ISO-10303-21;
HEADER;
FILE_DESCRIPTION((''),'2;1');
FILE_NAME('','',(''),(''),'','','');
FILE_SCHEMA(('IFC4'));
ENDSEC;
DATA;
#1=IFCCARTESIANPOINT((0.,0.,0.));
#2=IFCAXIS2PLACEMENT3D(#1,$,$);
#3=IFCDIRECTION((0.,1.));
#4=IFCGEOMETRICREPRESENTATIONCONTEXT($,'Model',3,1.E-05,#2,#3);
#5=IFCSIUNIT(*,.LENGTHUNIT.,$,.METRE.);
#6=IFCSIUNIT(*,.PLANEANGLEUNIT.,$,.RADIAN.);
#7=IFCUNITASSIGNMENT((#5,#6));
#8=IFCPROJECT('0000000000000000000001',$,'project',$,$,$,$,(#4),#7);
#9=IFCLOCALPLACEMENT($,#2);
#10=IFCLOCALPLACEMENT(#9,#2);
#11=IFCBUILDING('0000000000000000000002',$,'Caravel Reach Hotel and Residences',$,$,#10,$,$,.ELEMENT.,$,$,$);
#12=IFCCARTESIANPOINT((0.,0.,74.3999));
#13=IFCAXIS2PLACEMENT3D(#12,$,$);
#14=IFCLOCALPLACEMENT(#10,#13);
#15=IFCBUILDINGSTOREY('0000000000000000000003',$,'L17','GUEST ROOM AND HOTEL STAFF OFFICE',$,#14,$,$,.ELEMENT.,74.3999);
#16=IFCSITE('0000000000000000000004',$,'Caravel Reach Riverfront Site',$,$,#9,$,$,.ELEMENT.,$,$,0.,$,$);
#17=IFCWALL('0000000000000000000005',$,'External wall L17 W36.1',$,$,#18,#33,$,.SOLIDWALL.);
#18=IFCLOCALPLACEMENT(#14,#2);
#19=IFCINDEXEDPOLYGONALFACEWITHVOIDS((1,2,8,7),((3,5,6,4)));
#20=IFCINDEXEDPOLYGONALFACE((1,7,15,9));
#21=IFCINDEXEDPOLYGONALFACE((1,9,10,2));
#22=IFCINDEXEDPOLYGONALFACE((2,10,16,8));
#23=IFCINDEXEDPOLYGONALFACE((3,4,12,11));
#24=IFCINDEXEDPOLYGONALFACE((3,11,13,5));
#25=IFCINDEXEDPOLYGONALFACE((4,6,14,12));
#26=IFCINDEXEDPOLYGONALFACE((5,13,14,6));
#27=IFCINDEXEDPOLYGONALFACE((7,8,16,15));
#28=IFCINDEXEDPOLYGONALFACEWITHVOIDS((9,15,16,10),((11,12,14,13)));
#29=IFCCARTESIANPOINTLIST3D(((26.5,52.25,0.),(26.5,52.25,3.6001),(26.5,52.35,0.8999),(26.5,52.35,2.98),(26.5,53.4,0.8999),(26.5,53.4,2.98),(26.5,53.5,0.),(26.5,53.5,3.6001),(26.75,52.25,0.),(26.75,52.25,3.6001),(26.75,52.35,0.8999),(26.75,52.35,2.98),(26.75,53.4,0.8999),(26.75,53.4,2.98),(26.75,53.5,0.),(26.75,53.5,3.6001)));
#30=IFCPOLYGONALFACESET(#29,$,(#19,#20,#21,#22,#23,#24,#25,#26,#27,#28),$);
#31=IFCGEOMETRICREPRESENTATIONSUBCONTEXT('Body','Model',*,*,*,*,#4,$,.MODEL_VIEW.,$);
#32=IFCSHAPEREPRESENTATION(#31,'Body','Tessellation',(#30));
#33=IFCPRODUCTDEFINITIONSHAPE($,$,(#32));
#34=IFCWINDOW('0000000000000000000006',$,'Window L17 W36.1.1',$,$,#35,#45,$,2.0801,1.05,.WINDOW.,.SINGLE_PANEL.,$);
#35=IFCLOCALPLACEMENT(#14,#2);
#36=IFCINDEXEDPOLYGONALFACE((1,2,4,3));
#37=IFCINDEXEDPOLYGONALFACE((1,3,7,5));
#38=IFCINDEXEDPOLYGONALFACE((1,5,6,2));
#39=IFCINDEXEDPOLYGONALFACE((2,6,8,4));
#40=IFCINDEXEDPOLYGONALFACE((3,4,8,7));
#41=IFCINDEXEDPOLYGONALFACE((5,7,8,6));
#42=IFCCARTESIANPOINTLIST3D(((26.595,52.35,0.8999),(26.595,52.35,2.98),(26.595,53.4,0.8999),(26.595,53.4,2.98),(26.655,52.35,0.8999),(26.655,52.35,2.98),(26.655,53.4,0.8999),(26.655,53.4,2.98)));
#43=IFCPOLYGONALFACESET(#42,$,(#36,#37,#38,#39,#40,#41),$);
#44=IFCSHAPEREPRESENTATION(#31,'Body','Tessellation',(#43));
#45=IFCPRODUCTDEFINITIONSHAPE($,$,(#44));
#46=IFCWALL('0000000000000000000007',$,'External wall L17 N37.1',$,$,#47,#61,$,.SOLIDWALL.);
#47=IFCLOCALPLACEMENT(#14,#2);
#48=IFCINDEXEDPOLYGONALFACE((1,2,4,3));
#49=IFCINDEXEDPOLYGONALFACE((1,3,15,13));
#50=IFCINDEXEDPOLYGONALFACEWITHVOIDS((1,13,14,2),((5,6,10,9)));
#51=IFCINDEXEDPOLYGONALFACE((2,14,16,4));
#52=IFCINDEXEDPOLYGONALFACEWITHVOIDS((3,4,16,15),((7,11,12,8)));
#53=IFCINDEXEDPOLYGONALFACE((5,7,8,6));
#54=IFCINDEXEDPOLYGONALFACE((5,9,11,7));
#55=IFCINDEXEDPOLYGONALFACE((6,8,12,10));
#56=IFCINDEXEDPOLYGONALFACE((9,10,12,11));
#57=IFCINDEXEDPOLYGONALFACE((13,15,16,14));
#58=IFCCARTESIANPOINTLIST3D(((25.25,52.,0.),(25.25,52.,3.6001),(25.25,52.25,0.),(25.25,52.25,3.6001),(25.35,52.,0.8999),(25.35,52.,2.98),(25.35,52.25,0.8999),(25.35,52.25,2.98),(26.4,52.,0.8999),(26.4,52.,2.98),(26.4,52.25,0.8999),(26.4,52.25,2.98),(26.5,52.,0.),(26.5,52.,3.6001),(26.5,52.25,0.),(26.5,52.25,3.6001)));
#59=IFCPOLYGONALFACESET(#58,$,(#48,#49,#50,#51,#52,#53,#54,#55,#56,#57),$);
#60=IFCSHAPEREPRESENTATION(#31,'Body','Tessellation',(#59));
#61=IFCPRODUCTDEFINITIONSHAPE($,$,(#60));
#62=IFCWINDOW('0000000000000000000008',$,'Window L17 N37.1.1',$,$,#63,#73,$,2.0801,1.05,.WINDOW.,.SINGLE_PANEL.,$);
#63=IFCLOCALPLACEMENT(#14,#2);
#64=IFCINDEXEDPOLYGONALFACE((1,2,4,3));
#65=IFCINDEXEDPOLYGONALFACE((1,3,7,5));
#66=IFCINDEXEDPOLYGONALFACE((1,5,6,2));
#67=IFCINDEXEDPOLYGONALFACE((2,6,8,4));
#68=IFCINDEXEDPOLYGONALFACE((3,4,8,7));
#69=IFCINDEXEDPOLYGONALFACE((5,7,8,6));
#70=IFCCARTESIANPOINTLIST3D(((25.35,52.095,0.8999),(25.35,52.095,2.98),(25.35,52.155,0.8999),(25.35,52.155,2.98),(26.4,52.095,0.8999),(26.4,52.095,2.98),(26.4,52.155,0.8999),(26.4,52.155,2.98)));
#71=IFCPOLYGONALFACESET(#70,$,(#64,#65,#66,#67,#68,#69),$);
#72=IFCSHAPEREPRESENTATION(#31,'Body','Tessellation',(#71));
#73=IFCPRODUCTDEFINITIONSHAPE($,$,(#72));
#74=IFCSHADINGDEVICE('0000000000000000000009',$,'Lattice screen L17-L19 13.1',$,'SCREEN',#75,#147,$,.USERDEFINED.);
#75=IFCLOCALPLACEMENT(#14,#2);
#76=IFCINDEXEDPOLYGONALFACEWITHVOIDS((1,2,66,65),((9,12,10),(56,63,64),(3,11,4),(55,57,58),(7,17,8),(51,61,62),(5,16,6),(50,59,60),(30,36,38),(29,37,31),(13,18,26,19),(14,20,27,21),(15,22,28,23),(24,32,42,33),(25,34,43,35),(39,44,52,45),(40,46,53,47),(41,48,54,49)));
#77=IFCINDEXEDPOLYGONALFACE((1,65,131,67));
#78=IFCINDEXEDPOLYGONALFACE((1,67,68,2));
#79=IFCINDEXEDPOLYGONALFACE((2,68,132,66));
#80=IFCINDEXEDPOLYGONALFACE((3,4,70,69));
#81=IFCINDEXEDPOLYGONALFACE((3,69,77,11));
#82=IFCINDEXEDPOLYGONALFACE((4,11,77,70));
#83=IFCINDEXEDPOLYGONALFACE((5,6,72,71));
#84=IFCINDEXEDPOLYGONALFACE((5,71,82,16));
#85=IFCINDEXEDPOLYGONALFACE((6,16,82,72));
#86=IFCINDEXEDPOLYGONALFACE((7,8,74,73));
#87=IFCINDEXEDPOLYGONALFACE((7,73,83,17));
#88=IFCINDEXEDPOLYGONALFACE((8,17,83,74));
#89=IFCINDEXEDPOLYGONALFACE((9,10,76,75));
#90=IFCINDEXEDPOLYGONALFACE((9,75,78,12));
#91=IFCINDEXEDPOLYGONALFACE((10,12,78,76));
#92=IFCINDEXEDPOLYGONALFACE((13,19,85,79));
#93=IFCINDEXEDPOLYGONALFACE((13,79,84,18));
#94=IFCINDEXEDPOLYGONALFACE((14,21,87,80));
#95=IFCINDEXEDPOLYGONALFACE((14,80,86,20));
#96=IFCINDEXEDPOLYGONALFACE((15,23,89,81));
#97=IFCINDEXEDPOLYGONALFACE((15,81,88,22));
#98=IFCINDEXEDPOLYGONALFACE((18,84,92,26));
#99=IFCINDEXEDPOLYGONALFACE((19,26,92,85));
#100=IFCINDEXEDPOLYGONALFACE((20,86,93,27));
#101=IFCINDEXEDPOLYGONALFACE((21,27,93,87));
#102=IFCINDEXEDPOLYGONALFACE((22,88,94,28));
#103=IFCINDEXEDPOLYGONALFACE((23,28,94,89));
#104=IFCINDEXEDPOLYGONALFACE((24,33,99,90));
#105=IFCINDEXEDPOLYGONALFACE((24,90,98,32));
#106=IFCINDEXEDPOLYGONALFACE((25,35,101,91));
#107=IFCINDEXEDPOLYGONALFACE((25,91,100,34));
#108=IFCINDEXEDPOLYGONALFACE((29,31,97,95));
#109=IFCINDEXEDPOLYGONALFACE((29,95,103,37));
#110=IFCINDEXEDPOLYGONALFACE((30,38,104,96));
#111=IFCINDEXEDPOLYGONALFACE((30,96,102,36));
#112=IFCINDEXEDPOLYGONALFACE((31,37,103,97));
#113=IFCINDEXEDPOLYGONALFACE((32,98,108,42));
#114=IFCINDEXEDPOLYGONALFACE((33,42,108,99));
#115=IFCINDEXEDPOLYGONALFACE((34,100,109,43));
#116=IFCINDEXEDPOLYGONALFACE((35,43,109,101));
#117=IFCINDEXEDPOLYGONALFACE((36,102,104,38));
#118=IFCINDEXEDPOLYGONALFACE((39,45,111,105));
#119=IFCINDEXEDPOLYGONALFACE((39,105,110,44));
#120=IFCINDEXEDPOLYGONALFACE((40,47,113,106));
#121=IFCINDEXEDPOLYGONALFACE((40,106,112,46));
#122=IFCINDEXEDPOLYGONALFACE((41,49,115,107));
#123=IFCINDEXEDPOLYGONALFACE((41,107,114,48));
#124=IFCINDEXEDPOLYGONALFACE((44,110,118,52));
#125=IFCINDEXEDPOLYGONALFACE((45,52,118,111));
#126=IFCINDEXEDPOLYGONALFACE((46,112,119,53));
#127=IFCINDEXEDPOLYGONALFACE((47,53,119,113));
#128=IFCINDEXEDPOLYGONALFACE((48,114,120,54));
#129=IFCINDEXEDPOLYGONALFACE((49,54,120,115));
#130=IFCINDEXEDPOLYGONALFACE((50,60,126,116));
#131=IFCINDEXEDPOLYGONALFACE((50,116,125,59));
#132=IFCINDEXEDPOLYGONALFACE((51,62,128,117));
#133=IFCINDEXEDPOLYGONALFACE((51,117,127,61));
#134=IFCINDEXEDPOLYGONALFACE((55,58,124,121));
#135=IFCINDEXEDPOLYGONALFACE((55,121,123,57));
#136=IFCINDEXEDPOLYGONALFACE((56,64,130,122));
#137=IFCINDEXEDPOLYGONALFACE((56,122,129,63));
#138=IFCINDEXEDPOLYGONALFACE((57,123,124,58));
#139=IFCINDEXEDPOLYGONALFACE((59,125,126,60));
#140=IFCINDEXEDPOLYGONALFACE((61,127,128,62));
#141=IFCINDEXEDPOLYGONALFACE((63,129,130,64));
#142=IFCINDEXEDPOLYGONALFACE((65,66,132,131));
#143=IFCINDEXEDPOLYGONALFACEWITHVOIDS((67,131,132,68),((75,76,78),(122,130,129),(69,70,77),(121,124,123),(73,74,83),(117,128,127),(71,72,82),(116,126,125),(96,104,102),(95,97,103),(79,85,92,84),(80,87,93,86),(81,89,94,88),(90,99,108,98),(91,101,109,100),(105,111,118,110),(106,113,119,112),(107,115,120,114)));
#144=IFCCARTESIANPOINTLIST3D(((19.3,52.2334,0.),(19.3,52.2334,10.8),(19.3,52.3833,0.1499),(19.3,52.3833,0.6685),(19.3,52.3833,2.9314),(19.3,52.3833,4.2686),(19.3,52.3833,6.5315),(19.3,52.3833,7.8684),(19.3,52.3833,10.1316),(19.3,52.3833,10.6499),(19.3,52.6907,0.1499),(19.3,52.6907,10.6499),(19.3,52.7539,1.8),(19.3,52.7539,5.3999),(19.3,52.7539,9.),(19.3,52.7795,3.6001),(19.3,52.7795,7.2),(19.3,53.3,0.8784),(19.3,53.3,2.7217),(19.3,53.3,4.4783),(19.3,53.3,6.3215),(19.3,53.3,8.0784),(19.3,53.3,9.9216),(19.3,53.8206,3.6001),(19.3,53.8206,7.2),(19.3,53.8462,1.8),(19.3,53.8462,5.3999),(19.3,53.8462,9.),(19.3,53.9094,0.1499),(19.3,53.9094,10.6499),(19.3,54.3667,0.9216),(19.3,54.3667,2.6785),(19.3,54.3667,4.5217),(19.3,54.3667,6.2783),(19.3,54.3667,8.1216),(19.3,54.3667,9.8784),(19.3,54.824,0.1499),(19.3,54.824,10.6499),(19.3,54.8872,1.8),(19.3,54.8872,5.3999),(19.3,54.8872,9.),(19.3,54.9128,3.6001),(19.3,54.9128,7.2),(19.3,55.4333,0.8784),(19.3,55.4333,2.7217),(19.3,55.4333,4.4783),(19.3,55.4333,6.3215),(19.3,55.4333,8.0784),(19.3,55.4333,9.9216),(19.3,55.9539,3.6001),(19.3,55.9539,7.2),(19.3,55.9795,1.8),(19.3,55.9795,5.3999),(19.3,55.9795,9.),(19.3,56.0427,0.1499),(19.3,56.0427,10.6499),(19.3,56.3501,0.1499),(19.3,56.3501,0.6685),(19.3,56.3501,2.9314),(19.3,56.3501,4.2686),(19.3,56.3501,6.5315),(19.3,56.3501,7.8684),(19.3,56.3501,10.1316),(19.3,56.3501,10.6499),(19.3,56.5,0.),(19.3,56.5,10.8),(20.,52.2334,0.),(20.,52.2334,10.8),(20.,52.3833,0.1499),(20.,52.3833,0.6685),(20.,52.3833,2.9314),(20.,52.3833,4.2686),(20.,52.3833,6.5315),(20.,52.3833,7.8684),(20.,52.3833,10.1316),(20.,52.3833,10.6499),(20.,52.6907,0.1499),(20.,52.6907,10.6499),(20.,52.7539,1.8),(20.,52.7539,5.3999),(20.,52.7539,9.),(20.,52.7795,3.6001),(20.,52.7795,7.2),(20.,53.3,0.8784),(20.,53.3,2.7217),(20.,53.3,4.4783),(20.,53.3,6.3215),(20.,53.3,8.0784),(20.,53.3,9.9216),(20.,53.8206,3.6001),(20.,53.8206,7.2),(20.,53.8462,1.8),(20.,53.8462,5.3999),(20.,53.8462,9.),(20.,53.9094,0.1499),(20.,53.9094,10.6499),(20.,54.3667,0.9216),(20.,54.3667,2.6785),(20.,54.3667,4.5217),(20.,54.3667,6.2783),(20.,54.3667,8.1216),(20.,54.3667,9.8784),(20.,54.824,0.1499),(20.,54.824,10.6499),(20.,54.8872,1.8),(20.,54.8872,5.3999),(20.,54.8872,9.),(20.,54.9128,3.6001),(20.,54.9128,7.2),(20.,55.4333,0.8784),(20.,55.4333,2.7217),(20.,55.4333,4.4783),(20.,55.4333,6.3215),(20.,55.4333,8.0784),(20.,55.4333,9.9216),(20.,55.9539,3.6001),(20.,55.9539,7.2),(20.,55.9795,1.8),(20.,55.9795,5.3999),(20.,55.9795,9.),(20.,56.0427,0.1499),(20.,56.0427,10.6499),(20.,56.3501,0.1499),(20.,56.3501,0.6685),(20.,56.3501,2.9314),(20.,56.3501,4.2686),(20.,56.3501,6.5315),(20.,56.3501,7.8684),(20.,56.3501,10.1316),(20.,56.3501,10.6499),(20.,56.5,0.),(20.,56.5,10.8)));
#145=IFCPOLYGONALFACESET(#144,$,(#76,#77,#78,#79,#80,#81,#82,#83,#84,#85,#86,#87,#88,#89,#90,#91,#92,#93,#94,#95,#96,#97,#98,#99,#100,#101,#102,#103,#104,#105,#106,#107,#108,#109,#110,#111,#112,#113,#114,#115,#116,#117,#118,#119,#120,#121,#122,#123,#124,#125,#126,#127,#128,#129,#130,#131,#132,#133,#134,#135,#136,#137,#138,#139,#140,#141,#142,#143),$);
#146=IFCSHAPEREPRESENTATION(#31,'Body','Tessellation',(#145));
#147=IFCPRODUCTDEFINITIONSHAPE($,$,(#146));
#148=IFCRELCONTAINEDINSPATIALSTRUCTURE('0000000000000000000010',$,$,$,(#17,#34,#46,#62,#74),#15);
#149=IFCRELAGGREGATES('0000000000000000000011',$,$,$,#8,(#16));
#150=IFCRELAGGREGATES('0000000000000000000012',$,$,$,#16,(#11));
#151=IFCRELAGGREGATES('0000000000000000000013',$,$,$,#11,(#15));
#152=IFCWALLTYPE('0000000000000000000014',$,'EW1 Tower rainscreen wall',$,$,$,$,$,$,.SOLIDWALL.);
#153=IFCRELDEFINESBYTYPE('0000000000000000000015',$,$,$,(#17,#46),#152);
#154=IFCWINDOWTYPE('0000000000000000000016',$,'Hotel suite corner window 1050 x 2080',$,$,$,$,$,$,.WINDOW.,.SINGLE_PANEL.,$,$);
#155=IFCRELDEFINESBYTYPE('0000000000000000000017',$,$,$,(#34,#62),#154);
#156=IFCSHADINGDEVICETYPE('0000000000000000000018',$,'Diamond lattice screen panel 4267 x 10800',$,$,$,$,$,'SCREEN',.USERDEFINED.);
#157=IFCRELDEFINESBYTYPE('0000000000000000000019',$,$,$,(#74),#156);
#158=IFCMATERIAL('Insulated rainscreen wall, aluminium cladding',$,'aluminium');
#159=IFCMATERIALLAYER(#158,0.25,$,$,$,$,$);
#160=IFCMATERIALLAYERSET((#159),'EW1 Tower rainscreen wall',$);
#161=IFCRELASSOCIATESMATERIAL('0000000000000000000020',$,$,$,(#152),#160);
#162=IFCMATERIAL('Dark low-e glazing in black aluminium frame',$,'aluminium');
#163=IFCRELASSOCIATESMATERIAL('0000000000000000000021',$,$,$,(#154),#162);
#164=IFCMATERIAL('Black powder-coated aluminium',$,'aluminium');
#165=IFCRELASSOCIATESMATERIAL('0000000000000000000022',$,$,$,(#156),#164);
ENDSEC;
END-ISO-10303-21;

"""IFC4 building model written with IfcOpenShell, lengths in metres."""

from ifc_helpers import new_model, si_unit, direction, frame, frame_2d, origin, place, context, subcontext, project, spatial, polyline, rectangle, outline, extrude, material, layer, layer_set, type_object, element, fill, save


model = new_model("IFC4")

# Units and contexts
model_context = context("Model", 3, precision=1e-05, world=origin(), true_north=direction((0.0, 1.0)))
body_context = subcontext(model_context, "Body", "Model", "MODEL_VIEW")
ifc_project = project(units=[si_unit("LENGTHUNIT", "METRE"), si_unit("PLANEANGLEUNIT", "RADIAN")], contexts=[model_context])

# Site, building, storey
site_placement = place(None, origin())
site = spatial("IfcSite", under=ifc_project, at=site_placement, Name="Caravel Reach Riverfront Site", CompositionType="ELEMENT", RefElevation=0.0)
building_placement = place(site_placement, origin())
building = spatial("IfcBuilding", under=site, at=building_placement, Name="Caravel Reach Hotel and Residences", CompositionType="ELEMENT")
storey_placement = place(building_placement, frame((0.0, 0.0, 74.3999)))
storey = spatial("IfcBuildingStorey", under=building, at=storey_placement, Name="L17", Description="GUEST ROOM AND HOTEL STAFF OFFICE", CompositionType="ELEMENT", Elevation=74.3999)

# Walls, openings, windows
ifc_material_1 = material(Name="Insulated rainscreen wall, aluminium cladding", Category="aluminium")
ifc_layer = layer(ifc_material_1, 0.25)
ifc_layer_set = layer_set([ifc_layer], Name="EW1 Tower rainscreen wall")
wall_type = type_object("IfcWallType", Name="EW1 Tower rainscreen wall", PredefinedType="SOLIDWALL", material=ifc_layer_set)
wall_1_placement = place(storey_placement, frame((26.625, 53.5, 0.0), z_axis=(0.0, 0.0, 1.0), x_axis=(0.0, -1.0, 0.0)))
wall_1 = element("IfcWall", 1, at=wall_1_placement, inside=storey, type_object=wall_type, Name="External wall L17 W36.1", PredefinedType="SOLIDWALL", context=body_context, shape_type="SweptSolid", body=[
    extrude(rectangle(XDim=1.25, YDim=0.25, at=frame_2d((0.625, 0.0))), origin(), (0.0, 0.0, 1.0), 3.6001),
])
opening_1_placement = place(wall_1_placement, frame((0.1001, 0.0, 0.8999)))
opening_1 = element("IfcOpeningElement", 2, at=opening_1_placement, cuts=wall_1, PredefinedType="OPENING", context=body_context, shape_type="SweptSolid", body=[
    extrude(rectangle(XDim=1.05, YDim=2.0801, at=frame_2d((0.5249, 1.04))), frame((0.0, 0.135, 0.0), z_axis=(0.0, -1.0, 0.0), x_axis=(1.0, 0.0, 0.0)), (0.0, 0.0, 1.0), 0.27),
])
ifc_material_2 = material(Name="Dark low-e glazing in black aluminium frame", Category="aluminium")
window_type = type_object("IfcWindowType", Name="Hotel suite corner window 1050 x 2080", PartitioningType="SINGLE_PANEL", PredefinedType="WINDOW", material=ifc_material_2)
window_1_placement = place(opening_1_placement, origin())
window_1 = element("IfcWindow", 3, at=window_1_placement, inside=storey, type_object=window_type, Name="Window L17 W36.1.1", OverallHeight=2.0801, OverallWidth=1.05, PartitioningType="SINGLE_PANEL", PredefinedType="WINDOW", context=body_context, shape_type="SweptSolid", body=[
    extrude(rectangle(XDim=1.05, YDim=2.0801, at=frame_2d((0.5249, 1.04))), frame((0.0, 0.03, 0.0), z_axis=(0.0, -1.0, 0.0), x_axis=(1.0, 0.0, 0.0)), (0.0, 0.0, 1.0), 0.0601),
])
fill(opening_1, window_1)
wall_2_placement = place(storey_placement, frame((26.5, 52.125, 0.0), z_axis=(0.0, 0.0, 1.0), x_axis=(-1.0, 0.0, 0.0)))
wall_2 = element("IfcWall", 4, at=wall_2_placement, inside=storey, type_object=wall_type, Name="External wall L17 N37.1", PredefinedType="SOLIDWALL", context=body_context, shape_type="SweptSolid", body=[
    extrude(rectangle(XDim=1.25, YDim=0.25, at=frame_2d((0.625, 0.0))), origin(), (0.0, 0.0, 1.0), 3.6001),
])
opening_2_placement = place(wall_2_placement, frame((0.1001, 0.0, 0.8999)))
opening_2 = element("IfcOpeningElement", 5, at=opening_2_placement, cuts=wall_2, PredefinedType="OPENING", context=body_context, shape_type="SweptSolid", body=[
    extrude(rectangle(XDim=1.05, YDim=2.0801, at=frame_2d((0.5249, 1.04))), frame((0.0, 0.135, 0.0), z_axis=(0.0, -1.0, 0.0), x_axis=(1.0, 0.0, 0.0)), (0.0, 0.0, 1.0), 0.27),
])
window_2_placement = place(opening_2_placement, origin())
window_2 = element("IfcWindow", 6, at=window_2_placement, inside=storey, type_object=window_type, Name="Window L17 N37.1.1", OverallHeight=2.0801, OverallWidth=1.05, PartitioningType="SINGLE_PANEL", PredefinedType="WINDOW", context=body_context, shape_type="SweptSolid", body=[
    extrude(rectangle(XDim=1.05, YDim=2.0801, at=frame_2d((0.5249, 1.04))), frame((0.0, 0.03, 0.0), z_axis=(0.0, -1.0, 0.0), x_axis=(1.0, 0.0, 0.0)), (0.0, 0.0, 1.0), 0.0601),
])
fill(opening_2, window_2)

# Shading device
ifc_material_3 = material(Name="Black powder-coated aluminium", Category="aluminium")
shading_device_type_1 = type_object("IfcShadingDeviceType", Name="Diamond lattice screen panel 4267 x 10800", ElementType="SCREEN", PredefinedType="USERDEFINED", material=ifc_material_3)
shading_device_1_placement = place(storey_placement, frame((20.0, 56.5, 0.0), z_axis=(-1.0, 0.0, 0.0), x_axis=(0.0, -1.0, 0.0)))
element("IfcShadingDevice", 7, at=shading_device_1_placement, inside=storey, type_object=shading_device_type_1, Name="Lattice screen L17-L19 13.1", ObjectType="SCREEN", PredefinedType="USERDEFINED", context=body_context, shape_type="SweptSolid", body=[
    extrude(outline(polyline([(0.0, 0.0), (4.2666, 0.0), (4.2666, 10.8), (0.0, 10.8), (0.0, 0.0)]), holes=[polyline([(0.4573, 0.1499), (0.1499, 0.6685), (0.1499, 0.1499), (0.4573, 0.1499)]), polyline([(0.5461, 3.6001), (0.1499, 4.2686), (0.1499, 2.9314), (0.5461, 3.6001)]), polyline([(0.5461, 7.2), (0.1499, 7.8684), (0.1499, 6.5315), (0.5461, 7.2)]), polyline([(0.1499, 10.1316), (0.4573, 10.6499), (0.1499, 10.6499), (0.1499, 10.1316)]), polyline([(1.0667, 2.7217), (0.5205, 1.8), (1.0667, 0.8784), (1.6128, 1.8), (1.0667, 2.7217)]), polyline([(1.0667, 6.3215), (0.5205, 5.3999), (1.0667, 4.4783), (1.6128, 5.3999), (1.0667, 6.3215)]), polyline([(1.0667, 9.9216), (0.5205, 9.0), (1.0667, 8.0784), (1.6128, 9.0), (1.0667, 9.9216)]), polyline([(2.1333, 0.9216), (1.676, 0.1499), (2.5906, 0.1499), (2.1333, 0.9216)]), polyline([(2.1333, 4.5217), (1.5872, 3.6001), (2.1333, 2.6785), (2.6794, 3.6001), (2.1333, 4.5217)]), polyline([(2.1333, 8.1216), (1.5872, 7.2), (2.1333, 6.2783), (2.6794, 7.2), (2.1333, 8.1216)]), polyline([(2.1333, 9.8784), (2.5906, 10.6499), (1.676, 10.6499), (2.1333, 9.8784)]), polyline([(3.2, 2.7217), (2.6538, 1.8), (3.2, 0.8784), (3.7461, 1.8), (3.2, 2.7217)]), polyline([(3.2, 6.3215), (2.6538, 5.3999), (3.2, 4.4783), (3.7461, 5.3999), (3.2, 6.3215)]), polyline([(3.2, 9.9216), (2.6538, 9.0), (3.2, 8.0784), (3.7461, 9.0), (3.2, 9.9216)]), polyline([(4.1167, 0.6685), (3.8093, 0.1499), (4.1167, 0.1499), (4.1167, 0.6685)]), polyline([(3.7205, 3.6001), (4.1167, 2.9314), (4.1167, 4.2686), (3.7205, 3.6001)]), polyline([(3.7205, 7.2), (4.1167, 6.5315), (4.1167, 7.8684), (3.7205, 7.2)]), polyline([(3.8093, 10.6499), (4.1167, 10.1316), (4.1167, 10.6499), (3.8093, 10.6499)])]), origin(), (0.0, 0.0, 1.0), 0.7),
])

save(model, "model.ifc")
